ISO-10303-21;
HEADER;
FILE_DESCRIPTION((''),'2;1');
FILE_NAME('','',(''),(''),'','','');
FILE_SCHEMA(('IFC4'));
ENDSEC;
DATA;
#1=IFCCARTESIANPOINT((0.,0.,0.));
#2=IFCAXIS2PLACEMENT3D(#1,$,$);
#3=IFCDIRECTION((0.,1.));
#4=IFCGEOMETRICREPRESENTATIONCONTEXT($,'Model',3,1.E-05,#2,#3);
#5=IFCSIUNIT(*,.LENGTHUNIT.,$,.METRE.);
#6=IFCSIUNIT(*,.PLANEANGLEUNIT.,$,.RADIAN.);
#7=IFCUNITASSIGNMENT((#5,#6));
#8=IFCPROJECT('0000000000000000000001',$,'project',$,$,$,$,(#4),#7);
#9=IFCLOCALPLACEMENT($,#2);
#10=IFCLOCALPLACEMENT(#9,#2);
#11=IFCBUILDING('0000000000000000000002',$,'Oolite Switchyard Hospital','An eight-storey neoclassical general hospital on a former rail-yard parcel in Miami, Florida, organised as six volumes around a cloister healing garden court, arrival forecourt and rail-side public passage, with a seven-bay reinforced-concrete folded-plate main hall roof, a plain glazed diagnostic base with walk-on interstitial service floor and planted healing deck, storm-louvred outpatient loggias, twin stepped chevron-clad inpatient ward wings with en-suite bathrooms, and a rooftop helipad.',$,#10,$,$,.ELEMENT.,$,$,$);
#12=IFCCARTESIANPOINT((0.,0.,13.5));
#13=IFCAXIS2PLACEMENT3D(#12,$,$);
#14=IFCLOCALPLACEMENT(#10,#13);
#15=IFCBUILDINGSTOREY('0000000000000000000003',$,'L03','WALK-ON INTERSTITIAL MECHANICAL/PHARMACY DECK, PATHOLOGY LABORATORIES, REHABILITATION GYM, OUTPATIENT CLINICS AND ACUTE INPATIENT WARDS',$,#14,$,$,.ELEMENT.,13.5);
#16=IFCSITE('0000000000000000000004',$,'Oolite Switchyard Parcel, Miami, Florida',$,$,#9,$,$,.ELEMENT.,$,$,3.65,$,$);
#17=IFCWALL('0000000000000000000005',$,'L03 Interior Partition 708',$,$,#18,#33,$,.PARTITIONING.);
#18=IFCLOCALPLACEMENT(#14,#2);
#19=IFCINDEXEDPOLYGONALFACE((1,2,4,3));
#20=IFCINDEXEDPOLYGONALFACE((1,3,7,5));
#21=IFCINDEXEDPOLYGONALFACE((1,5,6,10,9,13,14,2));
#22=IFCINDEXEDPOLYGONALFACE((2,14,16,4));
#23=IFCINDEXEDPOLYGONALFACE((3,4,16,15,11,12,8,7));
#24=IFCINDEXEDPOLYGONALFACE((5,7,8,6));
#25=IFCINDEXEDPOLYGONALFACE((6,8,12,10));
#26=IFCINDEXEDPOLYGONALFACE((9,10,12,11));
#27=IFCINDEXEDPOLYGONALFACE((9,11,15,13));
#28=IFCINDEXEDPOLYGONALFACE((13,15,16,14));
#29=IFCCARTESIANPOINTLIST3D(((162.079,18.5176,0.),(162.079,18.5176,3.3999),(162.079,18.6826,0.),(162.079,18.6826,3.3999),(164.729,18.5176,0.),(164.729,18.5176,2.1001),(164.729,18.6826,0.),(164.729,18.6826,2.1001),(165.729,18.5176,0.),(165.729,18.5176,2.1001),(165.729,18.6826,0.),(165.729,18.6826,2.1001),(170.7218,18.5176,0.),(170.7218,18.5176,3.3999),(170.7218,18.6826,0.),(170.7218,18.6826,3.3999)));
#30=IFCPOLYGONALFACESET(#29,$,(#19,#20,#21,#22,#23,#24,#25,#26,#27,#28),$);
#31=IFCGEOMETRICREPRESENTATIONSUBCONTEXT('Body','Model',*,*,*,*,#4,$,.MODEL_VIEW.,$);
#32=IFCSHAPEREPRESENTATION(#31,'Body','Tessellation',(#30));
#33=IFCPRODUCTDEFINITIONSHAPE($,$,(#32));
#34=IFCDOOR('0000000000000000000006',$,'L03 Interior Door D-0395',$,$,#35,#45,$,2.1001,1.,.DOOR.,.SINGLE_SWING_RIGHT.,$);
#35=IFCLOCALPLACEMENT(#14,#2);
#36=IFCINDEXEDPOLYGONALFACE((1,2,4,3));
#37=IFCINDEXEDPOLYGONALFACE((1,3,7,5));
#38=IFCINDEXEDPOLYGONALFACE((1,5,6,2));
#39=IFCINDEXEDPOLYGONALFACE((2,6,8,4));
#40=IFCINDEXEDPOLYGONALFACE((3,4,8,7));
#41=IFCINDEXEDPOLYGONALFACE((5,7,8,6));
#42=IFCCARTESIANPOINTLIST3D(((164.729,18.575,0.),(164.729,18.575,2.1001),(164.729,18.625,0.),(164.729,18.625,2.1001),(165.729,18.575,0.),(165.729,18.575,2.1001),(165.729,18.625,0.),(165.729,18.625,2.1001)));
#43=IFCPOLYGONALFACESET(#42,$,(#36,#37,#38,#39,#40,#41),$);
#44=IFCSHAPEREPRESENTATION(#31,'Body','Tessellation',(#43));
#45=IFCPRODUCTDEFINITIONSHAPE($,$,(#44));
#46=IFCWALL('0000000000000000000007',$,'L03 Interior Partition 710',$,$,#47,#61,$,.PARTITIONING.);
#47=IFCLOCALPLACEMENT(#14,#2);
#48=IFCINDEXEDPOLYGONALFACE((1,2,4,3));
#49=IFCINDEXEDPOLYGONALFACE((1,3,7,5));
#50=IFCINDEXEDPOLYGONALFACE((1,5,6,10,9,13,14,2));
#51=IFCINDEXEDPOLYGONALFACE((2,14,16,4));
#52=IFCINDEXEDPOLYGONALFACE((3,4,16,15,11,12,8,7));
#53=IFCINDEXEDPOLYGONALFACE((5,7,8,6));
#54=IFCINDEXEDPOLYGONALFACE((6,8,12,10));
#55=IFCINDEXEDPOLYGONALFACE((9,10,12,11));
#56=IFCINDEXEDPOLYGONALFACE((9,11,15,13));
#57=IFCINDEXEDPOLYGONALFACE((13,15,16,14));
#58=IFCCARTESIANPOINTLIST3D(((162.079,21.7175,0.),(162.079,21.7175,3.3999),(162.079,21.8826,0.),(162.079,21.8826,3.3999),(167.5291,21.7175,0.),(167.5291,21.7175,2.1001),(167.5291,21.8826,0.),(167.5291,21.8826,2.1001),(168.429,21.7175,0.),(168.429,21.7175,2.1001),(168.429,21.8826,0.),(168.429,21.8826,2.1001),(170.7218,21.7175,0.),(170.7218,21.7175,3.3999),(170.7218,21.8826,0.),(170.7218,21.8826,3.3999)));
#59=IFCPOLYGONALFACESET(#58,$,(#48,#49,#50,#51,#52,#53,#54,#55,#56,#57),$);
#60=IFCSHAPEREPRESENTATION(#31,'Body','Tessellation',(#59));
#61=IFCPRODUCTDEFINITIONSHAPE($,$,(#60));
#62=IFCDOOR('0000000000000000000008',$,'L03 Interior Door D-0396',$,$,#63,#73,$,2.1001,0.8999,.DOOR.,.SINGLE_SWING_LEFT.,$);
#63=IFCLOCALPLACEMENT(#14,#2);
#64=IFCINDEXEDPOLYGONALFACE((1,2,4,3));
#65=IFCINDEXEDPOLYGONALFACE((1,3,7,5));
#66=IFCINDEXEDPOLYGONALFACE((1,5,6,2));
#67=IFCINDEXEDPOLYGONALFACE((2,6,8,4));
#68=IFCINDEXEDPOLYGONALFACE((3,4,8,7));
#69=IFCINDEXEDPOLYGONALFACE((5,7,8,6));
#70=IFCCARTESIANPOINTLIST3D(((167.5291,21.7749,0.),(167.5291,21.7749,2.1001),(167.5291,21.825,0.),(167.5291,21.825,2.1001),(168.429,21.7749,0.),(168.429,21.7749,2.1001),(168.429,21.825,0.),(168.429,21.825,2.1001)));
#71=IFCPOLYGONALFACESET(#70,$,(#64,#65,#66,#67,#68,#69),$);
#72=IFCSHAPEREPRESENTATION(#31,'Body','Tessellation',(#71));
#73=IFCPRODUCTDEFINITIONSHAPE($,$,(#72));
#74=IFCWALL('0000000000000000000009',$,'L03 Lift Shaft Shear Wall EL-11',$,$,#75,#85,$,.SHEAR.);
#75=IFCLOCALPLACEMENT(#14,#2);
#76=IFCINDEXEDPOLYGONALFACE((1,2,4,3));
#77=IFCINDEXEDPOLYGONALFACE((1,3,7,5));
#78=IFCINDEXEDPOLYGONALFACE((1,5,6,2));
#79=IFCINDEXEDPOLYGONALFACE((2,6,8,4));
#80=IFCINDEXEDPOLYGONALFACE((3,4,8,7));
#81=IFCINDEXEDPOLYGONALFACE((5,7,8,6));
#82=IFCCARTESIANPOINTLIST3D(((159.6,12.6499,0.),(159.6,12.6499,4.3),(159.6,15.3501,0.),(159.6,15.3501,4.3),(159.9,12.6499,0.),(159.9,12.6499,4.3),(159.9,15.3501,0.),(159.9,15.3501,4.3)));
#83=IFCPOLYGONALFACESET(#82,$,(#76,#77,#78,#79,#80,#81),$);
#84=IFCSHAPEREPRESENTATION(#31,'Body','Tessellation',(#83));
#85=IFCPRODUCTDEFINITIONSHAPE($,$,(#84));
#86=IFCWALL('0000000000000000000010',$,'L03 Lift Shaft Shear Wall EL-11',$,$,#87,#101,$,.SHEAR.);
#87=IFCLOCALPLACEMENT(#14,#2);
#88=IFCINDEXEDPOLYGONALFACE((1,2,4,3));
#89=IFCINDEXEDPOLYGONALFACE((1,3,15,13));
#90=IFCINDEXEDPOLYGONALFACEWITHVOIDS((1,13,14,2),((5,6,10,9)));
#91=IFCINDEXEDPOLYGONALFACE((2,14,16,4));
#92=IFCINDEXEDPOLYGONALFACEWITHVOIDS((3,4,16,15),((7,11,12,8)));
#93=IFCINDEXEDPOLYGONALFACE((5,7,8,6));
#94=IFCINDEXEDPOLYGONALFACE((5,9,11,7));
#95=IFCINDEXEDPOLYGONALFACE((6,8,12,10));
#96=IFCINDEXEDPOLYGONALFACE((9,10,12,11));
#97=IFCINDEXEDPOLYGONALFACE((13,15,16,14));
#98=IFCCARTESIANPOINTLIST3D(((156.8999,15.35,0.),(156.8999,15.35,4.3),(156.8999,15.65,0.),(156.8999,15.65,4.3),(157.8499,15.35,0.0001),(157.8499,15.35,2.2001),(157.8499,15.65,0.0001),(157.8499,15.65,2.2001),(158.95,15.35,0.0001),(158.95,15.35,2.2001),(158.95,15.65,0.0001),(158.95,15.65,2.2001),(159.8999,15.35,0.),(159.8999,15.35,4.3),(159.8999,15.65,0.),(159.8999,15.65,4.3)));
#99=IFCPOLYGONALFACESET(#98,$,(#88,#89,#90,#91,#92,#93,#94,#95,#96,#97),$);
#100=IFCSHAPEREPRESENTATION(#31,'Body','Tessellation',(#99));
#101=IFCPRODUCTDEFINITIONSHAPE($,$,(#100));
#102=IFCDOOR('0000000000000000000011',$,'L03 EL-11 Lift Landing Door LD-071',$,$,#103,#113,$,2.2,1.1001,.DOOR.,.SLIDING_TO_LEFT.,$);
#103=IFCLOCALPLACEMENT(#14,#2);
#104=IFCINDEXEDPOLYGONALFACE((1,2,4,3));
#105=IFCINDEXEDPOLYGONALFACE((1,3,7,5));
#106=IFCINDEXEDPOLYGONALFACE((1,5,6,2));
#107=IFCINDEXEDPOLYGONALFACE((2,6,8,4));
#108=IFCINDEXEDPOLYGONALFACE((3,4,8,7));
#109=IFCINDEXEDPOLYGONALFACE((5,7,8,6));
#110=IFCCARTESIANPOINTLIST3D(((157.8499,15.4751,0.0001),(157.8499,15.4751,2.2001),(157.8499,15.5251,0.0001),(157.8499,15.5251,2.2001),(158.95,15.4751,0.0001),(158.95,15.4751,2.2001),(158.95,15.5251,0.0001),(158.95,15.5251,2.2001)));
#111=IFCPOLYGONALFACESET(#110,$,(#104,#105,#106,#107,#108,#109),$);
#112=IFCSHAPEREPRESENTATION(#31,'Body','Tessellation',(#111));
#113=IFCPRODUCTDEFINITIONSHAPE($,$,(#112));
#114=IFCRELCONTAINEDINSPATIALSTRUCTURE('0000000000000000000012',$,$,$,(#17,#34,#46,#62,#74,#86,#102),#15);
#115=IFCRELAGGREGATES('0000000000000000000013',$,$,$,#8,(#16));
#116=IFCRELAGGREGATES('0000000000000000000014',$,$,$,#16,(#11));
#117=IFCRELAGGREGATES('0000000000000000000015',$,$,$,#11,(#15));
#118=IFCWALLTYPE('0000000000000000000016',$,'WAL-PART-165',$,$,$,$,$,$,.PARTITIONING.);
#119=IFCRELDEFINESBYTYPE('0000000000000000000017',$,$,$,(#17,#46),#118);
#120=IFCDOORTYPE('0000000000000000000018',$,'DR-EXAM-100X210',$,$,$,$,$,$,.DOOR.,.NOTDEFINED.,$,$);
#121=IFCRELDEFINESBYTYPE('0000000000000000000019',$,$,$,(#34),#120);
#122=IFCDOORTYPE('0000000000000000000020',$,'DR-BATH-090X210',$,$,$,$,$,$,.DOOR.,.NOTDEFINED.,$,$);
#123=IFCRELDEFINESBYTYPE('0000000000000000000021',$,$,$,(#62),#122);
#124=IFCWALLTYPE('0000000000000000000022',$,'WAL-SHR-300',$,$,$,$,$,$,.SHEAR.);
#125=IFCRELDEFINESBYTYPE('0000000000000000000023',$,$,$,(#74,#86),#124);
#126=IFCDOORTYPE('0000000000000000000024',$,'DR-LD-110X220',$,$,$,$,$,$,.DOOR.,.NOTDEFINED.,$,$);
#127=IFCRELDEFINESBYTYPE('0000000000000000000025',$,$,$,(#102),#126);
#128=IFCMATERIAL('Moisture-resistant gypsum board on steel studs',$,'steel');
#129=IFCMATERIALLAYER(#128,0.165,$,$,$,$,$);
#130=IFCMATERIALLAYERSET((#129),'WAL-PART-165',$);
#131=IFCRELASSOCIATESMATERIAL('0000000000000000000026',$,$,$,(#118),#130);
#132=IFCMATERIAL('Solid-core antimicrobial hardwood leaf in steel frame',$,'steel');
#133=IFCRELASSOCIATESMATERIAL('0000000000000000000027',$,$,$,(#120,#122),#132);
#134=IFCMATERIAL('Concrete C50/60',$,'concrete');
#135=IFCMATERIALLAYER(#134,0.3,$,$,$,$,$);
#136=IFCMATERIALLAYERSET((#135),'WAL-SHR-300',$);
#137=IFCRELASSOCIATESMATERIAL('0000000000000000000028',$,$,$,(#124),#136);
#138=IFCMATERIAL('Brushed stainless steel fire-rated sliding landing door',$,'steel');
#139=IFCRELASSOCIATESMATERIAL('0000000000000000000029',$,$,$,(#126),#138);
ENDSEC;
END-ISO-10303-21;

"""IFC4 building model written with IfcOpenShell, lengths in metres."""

from ifc_helpers import new_model, si_unit, direction, frame, frame_2d, origin, place, context, subcontext, project, spatial, rectangle, extrude, material, layer, layer_set, type_object, element, fill, save


model = new_model("IFC4")

# Units and contexts
model_context = context("Model", 3, precision=1e-05, world=origin(), true_north=direction((0.0, 1.0)))
body_context = subcontext(model_context, "Body", "Model", "MODEL_VIEW")
ifc_project = project(units=[si_unit("LENGTHUNIT", "METRE"), si_unit("PLANEANGLEUNIT", "RADIAN")], contexts=[model_context])

# Site, building, storey
site_placement = place(None, origin())
site = spatial("IfcSite", under=ifc_project, at=site_placement, Name="Oolite Switchyard Parcel, Miami, Florida", CompositionType="ELEMENT", RefElevation=3.65)
building_placement = place(site_placement, origin())
building = spatial("IfcBuilding", under=site, at=building_placement, Name="Oolite Switchyard Hospital", Description="An eight-storey neoclassical general hospital on a former rail-yard parcel in Miami, Florida, organised as six volumes around a cloister healing garden court, arrival forecourt and rail-side public passage, with a seven-bay reinforced-concrete folded-plate main hall roof, a plain glazed diagnostic base with walk-on interstitial service floor and planted healing deck, storm-louvred outpatient loggias, twin stepped chevron-clad inpatient ward wings with en-suite bathrooms, and a rooftop helipad.", CompositionType="ELEMENT")
storey_placement = place(building_placement, frame((0.0, 0.0, 13.5)))
storey = spatial("IfcBuildingStorey", under=building, at=storey_placement, Name="L03", Description="WALK-ON INTERSTITIAL MECHANICAL/PHARMACY DECK, PATHOLOGY LABORATORIES, REHABILITATION GYM, OUTPATIENT CLINICS AND ACUTE INPATIENT WARDS", CompositionType="ELEMENT", Elevation=13.5)

# Shared definitions
ifc_material_1 = material(Name="Concrete C50/60", Category="concrete")

# Shared definitions
ifc_material_2 = material(Name="Moisture-resistant gypsum board on steel studs", Category="steel")

# Walls, openings, doors
ifc_layer_1 = layer(ifc_material_2, 0.165)
ifc_layer_set_1 = layer_set([ifc_layer_1], Name="WAL-PART-165")
wall_type_1 = type_object("IfcWallType", Name="WAL-PART-165", PredefinedType="PARTITIONING", material=ifc_layer_set_1)
wall_1_placement = place(storey_placement, frame((162.0791, 18.6001, 0.0), z_axis=(0.0, 0.0, 1.0), x_axis=(1.0, 0.0, 0.0)))
wall_1 = element("IfcWall", 1, at=wall_1_placement, inside=storey, type_object=wall_type_1, Name="L03 Interior Partition 708", PredefinedType="PARTITIONING", context=body_context, shape_type="SweptSolid", body=[
    extrude(rectangle(XDim=8.6428, YDim=0.165, at=frame_2d((4.3213, 0.0))), origin(), (0.0, 0.0, 1.0), 3.3999),
])
opening_1_placement = place(wall_1_placement, frame((2.6499, 0.0, 0.0)))
opening_1 = element("IfcOpeningElement", 2, at=opening_1_placement, cuts=wall_1, PredefinedType="OPENING", context=body_context, shape_type="SweptSolid", body=[
    extrude(rectangle(XDim=1.0, YDim=2.1001, at=frame_2d((0.5, 1.05))), frame((0.0, 0.0925, 0.0), z_axis=(0.0, -1.0, 0.0), x_axis=(1.0, 0.0, 0.0)), (0.0, 0.0, 1.0), 0.1851),
])
ifc_material_3 = material(Name="Solid-core antimicrobial hardwood leaf in steel frame", Category="steel")
door_type_1 = type_object("IfcDoorType", Name="DR-EXAM-100X210", OperationType="NOTDEFINED", PredefinedType="DOOR", material=ifc_material_3)
door_1_placement = place(opening_1_placement, origin())
door_1 = element("IfcDoor", 3, at=door_1_placement, inside=storey, type_object=door_type_1, Name="L03 Interior Door D-0395", OperationType="SINGLE_SWING_RIGHT", OverallHeight=2.1001, OverallWidth=1.0, PredefinedType="DOOR", context=body_context, shape_type="SweptSolid", body=[
    extrude(rectangle(XDim=1.0, YDim=2.1001, at=frame_2d((0.5, 1.05))), frame((0.0, 0.0249, 0.0), z_axis=(0.0, -1.0, 0.0), x_axis=(1.0, 0.0, 0.0)), (0.0, 0.0, 1.0), 0.05),
])
fill(opening_1, door_1)
wall_2_placement = place(storey_placement, frame((162.0791, 21.8, 0.0), z_axis=(0.0, 0.0, 1.0), x_axis=(1.0, 0.0, 0.0)))
wall_2 = element("IfcWall", 4, at=wall_2_placement, inside=storey, type_object=wall_type_1, Name="L03 Interior Partition 710", PredefinedType="PARTITIONING", context=body_context, shape_type="SweptSolid", body=[
    extrude(rectangle(XDim=8.6428, YDim=0.165, at=frame_2d((4.3213, 0.0))), origin(), (0.0, 0.0, 1.0), 3.3999),
])
opening_2_placement = place(wall_2_placement, frame((5.45, 0.0, 0.0)))
opening_2 = element("IfcOpeningElement", 5, at=opening_2_placement, cuts=wall_2, PredefinedType="OPENING", context=body_context, shape_type="SweptSolid", body=[
    extrude(rectangle(XDim=0.8999, YDim=2.1001, at=frame_2d((0.45, 1.05))), frame((0.0, 0.0925, 0.0), z_axis=(0.0, -1.0, 0.0), x_axis=(1.0, 0.0, 0.0)), (0.0, 0.0, 1.0), 0.1851),
])
door_type_2 = type_object("IfcDoorType", Name="DR-BATH-090X210", OperationType="NOTDEFINED", PredefinedType="DOOR", material=ifc_material_3)
door_2_placement = place(opening_2_placement, origin())
door_2 = element("IfcDoor", 6, at=door_2_placement, inside=storey, type_object=door_type_2, Name="L03 Interior Door D-0396", OperationType="SINGLE_SWING_LEFT", OverallHeight=2.1001, OverallWidth=0.8999, PredefinedType="DOOR", context=body_context, shape_type="SweptSolid", body=[
    extrude(rectangle(XDim=0.8999, YDim=2.1001, at=frame_2d((0.45, 1.05))), frame((0.0, 0.0249, 0.0), z_axis=(0.0, -1.0, 0.0), x_axis=(1.0, 0.0, 0.0)), (0.0, 0.0, 1.0), 0.05),
])
fill(opening_2, door_2)

# Wall
ifc_layer_2 = layer(ifc_material_1, 0.3)
ifc_layer_set_2 = layer_set([ifc_layer_2], Name="WAL-SHR-300")
wall_type_2 = type_object("IfcWallType", Name="WAL-SHR-300", PredefinedType="SHEAR", material=ifc_layer_set_2)
wall_3_placement = place(storey_placement, frame((159.75, 12.6499, 0.0), z_axis=(0.0, 0.0, 1.0), x_axis=(0.0, 1.0, 0.0)))
element("IfcWall", 7, at=wall_3_placement, inside=storey, type_object=wall_type_2, Name="L03 Lift Shaft Shear Wall EL-11", PredefinedType="SHEAR", context=body_context, shape_type="SweptSolid", body=[
    extrude(rectangle(XDim=2.7002, YDim=0.3, at=frame_2d((1.3501, 0.0))), origin(), (0.0, 0.0, 1.0), 4.3),
])

# Wall, opening, door
wall_4_placement = place(storey_placement, frame((159.8999, 15.5, 0.0), z_axis=(0.0, 0.0, 1.0), x_axis=(-1.0, 0.0, 0.0)))
wall_4 = element("IfcWall", 8, at=wall_4_placement, inside=storey, type_object=wall_type_2, Name="L03 Lift Shaft Shear Wall EL-11", PredefinedType="SHEAR", context=body_context, shape_type="SweptSolid", body=[
    extrude(rectangle(XDim=3.0, YDim=0.3, at=frame_2d((1.5, 0.0))), origin(), (0.0, 0.0, 1.0), 4.3),
])
opening_3_placement = place(wall_4_placement, frame((0.95, 0.0, 0.0)))
opening_3 = element("IfcOpeningElement", 9, at=opening_3_placement, cuts=wall_4, PredefinedType="OPENING", context=body_context, shape_type="SweptSolid", body=[
    extrude(rectangle(XDim=1.1001, YDim=2.2, at=frame_2d((0.55, 1.1001))), frame((0.0, 0.1602, 0.0), z_axis=(0.0, -1.0, 0.0), x_axis=(1.0, 0.0, 0.0)), (0.0, 0.0, 1.0), 0.3201),
])
ifc_material_4 = material(Name="Brushed stainless steel fire-rated sliding landing door", Category="steel")
door_type_3 = type_object("IfcDoorType", Name="DR-LD-110X220", OperationType="NOTDEFINED", PredefinedType="DOOR", material=ifc_material_4)
door_3_placement = place(opening_3_placement, origin())
door_3 = element("IfcDoor", 10, at=door_3_placement, inside=storey, type_object=door_type_3, Name="L03 EL-11 Lift Landing Door LD-071", OperationType="SLIDING_TO_LEFT", OverallHeight=2.2, OverallWidth=1.1001, PredefinedType="DOOR", context=body_context, shape_type="SweptSolid", body=[
    extrude(rectangle(XDim=1.1001, YDim=2.2, at=frame_2d((0.55, 1.1001))), frame((0.0, 0.0249, 0.0), z_axis=(0.0, -1.0, 0.0), x_axis=(1.0, 0.0, 0.0)), (0.0, 0.0, 1.0), 0.05),
])
fill(opening_3, door_3)

save(model, "model.ifc")
